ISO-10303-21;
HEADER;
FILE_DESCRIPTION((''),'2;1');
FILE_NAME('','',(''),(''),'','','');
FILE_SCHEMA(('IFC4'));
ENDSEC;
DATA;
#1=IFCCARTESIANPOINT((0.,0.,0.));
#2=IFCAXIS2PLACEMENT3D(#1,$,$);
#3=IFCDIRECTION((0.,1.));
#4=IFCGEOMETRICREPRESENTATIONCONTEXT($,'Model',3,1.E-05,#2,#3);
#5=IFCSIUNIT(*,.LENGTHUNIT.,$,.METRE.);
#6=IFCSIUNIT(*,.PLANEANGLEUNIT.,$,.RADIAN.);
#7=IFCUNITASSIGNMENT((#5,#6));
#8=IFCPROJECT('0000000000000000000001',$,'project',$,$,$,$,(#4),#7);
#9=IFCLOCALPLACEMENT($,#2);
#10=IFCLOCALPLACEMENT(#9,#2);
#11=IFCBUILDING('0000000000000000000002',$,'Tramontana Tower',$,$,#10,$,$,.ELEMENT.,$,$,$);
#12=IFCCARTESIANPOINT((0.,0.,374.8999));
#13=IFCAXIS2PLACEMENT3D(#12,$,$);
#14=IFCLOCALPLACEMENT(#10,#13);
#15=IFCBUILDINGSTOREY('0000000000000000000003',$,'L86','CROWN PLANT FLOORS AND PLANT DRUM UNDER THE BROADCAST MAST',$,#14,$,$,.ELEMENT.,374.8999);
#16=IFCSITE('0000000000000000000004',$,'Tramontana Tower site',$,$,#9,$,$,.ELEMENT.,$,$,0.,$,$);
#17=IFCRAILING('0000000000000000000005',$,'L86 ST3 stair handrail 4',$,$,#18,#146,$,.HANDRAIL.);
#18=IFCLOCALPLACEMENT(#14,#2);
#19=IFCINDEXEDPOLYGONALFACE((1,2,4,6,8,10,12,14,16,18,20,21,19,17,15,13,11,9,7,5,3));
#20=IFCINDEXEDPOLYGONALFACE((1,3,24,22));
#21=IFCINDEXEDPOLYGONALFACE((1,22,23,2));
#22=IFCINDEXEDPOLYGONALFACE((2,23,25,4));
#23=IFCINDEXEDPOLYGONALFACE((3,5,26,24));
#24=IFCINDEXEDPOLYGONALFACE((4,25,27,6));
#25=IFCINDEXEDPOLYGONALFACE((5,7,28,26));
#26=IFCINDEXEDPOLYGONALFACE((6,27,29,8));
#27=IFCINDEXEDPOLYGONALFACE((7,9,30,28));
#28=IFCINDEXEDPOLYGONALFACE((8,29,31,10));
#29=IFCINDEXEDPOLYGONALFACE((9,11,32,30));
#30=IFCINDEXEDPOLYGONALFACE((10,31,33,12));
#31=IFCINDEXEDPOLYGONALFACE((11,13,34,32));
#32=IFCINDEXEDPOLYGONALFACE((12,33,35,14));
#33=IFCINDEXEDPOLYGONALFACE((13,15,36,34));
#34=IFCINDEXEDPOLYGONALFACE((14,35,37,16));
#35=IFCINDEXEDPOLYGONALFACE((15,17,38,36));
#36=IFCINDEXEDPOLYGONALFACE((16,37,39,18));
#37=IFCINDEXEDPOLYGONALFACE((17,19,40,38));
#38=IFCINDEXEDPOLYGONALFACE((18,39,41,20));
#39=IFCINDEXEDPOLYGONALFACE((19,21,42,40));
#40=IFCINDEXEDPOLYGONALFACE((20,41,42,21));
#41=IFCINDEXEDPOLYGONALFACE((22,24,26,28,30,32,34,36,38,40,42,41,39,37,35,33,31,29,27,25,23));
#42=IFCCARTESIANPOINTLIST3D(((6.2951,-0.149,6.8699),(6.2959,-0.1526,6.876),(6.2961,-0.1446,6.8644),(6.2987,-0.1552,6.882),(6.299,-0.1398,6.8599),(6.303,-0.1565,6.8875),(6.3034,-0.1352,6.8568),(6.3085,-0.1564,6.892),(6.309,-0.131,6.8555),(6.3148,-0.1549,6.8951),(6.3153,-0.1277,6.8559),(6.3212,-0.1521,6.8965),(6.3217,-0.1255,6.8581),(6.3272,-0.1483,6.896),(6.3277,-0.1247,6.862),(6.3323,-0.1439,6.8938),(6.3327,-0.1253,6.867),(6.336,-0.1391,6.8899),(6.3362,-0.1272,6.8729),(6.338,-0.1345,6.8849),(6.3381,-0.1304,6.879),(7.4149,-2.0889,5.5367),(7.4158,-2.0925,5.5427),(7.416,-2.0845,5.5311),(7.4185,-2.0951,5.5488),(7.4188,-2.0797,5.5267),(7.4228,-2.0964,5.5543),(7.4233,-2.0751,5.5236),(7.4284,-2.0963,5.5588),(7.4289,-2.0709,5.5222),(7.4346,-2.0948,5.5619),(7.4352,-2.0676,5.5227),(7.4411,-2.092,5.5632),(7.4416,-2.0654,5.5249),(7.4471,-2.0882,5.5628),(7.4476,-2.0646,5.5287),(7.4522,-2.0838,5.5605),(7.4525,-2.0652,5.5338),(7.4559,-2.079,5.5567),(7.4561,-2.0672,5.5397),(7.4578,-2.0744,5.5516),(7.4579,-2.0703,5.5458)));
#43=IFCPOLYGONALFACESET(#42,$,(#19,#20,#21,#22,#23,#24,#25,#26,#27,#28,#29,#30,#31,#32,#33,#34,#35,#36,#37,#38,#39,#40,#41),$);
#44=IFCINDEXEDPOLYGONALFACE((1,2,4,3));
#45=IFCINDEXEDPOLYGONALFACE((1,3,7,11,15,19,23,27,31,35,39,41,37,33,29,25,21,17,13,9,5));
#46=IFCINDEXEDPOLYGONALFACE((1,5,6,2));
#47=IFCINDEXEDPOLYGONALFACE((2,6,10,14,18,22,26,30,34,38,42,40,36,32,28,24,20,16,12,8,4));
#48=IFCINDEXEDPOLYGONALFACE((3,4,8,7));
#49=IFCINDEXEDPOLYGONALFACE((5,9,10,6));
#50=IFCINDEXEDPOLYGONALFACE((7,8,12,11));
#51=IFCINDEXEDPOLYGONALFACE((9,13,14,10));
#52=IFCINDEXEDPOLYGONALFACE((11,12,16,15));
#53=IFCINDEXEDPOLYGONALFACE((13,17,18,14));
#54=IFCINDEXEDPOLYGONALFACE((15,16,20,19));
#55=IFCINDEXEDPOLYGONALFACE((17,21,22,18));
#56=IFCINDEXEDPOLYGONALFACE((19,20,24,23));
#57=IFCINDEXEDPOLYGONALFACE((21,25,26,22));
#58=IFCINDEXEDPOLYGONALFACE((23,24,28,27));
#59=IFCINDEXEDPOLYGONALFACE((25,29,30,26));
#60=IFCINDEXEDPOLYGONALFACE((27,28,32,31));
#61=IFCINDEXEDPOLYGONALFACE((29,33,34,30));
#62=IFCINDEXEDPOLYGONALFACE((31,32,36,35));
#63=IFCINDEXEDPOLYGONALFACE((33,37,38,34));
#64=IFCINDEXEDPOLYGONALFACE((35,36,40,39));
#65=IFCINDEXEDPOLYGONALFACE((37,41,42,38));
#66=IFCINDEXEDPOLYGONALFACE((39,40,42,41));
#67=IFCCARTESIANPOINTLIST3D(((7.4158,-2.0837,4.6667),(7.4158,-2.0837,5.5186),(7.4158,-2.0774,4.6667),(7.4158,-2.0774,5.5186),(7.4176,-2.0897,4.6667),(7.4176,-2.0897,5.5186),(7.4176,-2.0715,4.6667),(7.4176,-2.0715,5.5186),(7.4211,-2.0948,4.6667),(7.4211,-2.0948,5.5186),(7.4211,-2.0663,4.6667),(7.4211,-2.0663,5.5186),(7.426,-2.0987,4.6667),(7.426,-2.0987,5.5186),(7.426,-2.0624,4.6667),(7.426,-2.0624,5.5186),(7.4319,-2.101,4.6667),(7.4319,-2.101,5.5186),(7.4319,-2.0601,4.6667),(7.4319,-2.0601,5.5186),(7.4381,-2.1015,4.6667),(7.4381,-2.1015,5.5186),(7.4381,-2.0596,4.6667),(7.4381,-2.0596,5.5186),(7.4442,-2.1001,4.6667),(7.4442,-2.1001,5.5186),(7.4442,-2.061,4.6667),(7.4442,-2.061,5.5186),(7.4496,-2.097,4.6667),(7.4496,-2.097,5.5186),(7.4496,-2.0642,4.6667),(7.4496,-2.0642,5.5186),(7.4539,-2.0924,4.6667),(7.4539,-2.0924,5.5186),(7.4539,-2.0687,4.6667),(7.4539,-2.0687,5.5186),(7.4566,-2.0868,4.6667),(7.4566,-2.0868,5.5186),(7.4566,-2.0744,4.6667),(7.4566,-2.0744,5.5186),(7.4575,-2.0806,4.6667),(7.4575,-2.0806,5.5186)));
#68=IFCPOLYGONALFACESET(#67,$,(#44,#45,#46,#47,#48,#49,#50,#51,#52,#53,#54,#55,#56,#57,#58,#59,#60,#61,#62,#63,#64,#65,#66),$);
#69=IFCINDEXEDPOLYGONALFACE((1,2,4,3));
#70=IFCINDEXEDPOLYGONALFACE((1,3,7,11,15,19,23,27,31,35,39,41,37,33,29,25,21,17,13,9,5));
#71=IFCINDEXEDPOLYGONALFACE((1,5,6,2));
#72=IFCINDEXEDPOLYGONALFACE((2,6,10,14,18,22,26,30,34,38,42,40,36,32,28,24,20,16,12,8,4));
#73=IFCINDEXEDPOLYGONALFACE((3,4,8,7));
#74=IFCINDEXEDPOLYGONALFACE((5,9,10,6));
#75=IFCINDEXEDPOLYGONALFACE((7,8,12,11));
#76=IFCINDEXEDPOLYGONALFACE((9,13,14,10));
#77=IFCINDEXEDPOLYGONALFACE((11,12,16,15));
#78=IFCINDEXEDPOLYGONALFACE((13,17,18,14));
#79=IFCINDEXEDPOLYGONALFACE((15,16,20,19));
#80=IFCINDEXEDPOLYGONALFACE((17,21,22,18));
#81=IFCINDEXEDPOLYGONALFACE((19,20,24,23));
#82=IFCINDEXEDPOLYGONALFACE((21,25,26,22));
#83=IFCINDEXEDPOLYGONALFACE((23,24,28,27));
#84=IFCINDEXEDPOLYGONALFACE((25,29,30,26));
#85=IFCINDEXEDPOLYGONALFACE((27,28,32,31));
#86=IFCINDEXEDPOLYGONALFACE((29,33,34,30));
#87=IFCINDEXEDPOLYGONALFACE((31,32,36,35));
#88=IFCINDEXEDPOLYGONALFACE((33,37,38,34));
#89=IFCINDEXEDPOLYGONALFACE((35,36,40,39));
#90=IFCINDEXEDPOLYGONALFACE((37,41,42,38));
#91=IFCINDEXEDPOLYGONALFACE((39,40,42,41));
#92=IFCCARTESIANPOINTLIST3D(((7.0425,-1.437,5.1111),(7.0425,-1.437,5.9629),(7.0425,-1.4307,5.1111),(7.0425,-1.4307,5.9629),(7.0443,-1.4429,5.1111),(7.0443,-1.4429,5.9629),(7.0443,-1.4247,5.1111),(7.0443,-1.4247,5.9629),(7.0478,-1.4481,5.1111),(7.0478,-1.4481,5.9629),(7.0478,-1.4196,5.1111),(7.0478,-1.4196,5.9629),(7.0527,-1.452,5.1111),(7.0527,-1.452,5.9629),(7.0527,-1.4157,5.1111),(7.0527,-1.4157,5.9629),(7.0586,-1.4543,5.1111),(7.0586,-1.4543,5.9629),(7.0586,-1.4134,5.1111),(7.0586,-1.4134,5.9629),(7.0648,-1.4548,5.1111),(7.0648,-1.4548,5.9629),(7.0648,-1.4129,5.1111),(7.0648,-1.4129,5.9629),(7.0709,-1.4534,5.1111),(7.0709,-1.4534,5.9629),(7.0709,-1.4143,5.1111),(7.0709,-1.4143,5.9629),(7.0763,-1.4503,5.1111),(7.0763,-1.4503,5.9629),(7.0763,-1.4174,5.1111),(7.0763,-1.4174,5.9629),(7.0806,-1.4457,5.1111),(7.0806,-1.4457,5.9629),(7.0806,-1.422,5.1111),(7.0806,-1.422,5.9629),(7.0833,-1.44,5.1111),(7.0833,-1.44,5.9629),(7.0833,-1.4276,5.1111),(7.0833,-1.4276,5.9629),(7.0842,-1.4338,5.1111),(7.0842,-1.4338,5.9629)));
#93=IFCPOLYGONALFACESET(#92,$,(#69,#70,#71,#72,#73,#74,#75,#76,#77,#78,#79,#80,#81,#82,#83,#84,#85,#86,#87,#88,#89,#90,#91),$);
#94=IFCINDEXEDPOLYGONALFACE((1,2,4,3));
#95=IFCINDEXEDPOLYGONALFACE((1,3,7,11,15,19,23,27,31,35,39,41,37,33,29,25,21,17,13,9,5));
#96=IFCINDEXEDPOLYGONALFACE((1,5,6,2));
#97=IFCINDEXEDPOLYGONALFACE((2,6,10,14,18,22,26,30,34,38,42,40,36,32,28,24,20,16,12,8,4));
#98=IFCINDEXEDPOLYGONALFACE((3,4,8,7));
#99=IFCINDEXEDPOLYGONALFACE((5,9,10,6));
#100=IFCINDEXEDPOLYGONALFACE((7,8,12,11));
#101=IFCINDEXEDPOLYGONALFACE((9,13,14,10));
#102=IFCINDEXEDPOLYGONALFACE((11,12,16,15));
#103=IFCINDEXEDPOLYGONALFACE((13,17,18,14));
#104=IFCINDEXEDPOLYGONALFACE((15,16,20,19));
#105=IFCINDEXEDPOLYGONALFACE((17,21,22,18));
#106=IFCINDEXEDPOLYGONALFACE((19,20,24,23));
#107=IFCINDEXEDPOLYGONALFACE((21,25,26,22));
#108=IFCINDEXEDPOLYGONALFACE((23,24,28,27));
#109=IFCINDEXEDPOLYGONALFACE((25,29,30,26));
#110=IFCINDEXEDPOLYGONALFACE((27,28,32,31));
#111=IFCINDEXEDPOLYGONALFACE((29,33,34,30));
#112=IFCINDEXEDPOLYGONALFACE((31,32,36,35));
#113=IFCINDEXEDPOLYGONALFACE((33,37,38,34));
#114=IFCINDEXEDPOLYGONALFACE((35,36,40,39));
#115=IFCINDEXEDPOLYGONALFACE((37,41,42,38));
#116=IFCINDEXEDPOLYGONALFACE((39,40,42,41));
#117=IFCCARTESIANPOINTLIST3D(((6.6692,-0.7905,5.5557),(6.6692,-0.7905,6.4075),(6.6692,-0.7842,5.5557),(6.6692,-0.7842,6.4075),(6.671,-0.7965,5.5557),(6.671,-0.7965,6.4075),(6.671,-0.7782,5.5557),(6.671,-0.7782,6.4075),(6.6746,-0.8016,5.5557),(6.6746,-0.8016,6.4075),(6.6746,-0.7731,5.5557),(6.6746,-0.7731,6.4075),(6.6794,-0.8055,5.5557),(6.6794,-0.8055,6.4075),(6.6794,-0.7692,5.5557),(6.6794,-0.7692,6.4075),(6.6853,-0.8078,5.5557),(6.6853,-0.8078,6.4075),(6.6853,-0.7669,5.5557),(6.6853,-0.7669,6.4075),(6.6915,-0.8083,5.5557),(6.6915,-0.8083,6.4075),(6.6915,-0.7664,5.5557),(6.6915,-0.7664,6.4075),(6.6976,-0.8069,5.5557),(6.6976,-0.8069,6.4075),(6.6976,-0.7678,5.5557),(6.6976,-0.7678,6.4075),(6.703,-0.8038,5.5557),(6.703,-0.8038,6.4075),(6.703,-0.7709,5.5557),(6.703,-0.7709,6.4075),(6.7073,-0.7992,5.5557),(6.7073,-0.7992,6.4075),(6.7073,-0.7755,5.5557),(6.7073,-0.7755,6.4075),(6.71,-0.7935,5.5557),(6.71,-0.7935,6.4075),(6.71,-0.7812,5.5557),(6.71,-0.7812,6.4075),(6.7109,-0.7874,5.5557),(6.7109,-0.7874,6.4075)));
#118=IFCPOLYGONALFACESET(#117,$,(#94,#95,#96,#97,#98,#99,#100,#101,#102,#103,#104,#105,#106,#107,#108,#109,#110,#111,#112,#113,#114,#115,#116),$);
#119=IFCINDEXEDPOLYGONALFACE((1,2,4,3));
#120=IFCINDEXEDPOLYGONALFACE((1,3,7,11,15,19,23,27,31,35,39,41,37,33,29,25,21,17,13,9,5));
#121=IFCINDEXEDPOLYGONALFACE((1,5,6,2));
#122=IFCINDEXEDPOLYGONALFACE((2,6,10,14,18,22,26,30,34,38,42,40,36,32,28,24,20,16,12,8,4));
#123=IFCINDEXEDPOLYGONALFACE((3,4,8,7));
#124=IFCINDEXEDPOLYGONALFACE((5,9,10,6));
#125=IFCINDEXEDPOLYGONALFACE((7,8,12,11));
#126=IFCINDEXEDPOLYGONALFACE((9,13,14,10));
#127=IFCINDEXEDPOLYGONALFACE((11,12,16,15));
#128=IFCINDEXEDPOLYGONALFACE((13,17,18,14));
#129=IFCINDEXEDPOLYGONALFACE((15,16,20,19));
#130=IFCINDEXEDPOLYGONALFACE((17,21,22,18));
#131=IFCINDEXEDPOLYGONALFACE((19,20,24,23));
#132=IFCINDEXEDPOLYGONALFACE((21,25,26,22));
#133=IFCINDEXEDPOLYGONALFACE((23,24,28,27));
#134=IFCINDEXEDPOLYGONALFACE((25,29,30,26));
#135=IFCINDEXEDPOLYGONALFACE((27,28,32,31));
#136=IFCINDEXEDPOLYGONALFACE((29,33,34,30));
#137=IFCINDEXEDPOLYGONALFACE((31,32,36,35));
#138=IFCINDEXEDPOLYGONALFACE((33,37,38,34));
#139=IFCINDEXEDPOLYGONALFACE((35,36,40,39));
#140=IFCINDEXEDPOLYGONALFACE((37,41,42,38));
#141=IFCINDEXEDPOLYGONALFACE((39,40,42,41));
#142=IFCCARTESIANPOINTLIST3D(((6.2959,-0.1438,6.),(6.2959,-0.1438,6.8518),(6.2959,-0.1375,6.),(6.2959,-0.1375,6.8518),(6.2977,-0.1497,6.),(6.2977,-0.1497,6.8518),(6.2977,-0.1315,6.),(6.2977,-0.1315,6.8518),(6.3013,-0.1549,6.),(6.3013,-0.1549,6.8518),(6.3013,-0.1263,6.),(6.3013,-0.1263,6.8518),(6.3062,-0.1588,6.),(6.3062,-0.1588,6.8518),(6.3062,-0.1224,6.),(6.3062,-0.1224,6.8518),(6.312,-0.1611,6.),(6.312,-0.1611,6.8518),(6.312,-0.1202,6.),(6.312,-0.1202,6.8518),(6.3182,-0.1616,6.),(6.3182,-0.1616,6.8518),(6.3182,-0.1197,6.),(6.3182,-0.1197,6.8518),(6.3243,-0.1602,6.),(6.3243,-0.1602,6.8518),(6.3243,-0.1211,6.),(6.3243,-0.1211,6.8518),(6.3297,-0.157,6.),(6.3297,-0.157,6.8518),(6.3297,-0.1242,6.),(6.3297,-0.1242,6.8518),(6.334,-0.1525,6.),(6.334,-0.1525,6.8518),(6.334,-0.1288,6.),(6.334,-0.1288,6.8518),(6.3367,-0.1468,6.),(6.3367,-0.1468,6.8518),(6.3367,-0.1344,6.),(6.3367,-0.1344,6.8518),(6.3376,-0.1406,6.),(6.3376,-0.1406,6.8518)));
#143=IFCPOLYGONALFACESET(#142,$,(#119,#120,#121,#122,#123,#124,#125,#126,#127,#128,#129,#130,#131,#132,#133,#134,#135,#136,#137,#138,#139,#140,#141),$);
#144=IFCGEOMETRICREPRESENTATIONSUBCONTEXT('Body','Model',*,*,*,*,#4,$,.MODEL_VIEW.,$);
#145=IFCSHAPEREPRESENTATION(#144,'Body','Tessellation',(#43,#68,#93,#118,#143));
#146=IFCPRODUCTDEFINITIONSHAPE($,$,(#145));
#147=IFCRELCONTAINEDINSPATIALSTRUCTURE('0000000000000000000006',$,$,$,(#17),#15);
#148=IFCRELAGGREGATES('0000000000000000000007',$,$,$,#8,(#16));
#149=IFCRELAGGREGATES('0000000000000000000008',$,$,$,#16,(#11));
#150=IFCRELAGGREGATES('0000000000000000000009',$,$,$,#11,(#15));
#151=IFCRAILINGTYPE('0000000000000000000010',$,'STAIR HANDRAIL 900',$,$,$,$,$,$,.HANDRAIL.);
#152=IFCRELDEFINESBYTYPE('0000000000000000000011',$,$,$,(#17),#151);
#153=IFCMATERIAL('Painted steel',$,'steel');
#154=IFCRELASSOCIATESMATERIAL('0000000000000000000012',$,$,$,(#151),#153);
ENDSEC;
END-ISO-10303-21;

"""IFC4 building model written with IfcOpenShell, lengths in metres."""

from ifc_helpers import new_model, si_unit, direction, frame, origin, origin_2d, place, context, subcontext, project, spatial, circle, extrude, material, type_object, element, save


model = new_model("IFC4")

# Units and contexts
model_context = context("Model", 3, precision=1e-05, world=origin(), true_north=direction((0.0, 1.0)))
body_context = subcontext(model_context, "Body", "Model", "MODEL_VIEW")
ifc_project = project(units=[si_unit("LENGTHUNIT", "METRE"), si_unit("PLANEANGLEUNIT", "RADIAN")], contexts=[model_context])

# Site, building, storey
site_placement = place(None, origin())
site = spatial("IfcSite", under=ifc_project, at=site_placement, Name="Tramontana Tower site", CompositionType="ELEMENT", RefElevation=0.0)
building_placement = place(site_placement, origin())
building = spatial("IfcBuilding", under=site, at=building_placement, Name="Tramontana Tower", CompositionType="ELEMENT")
storey_placement = place(building_placement, frame((0.0, 0.0, 374.8999)))
storey = spatial("IfcBuildingStorey", under=building, at=storey_placement, Name="L86", Description="CROWN PLANT FLOORS AND PLANT DRUM UNDER THE BROADCAST MAST", CompositionType="ELEMENT", Elevation=374.8999)

# Railing
ifc_material_1 = material(Name="Painted steel", Category="steel")
railing_type_1 = type_object("IfcRailingType", Name="STAIR HANDRAIL 900", PredefinedType="HANDRAIL", material=ifc_material_1)
railing_1_placement = place(storey_placement, frame((7.4365, -2.0806, 4.6667)))
element("IfcRailing", 1, at=railing_1_placement, inside=storey, type_object=railing_type_1, Name="L86 ST3 stair handrail 4", PredefinedType="HANDRAIL", context=body_context, shape_type="SweptSolid", body=[
    extrude(circle(Radius=0.0239, at=origin_2d()), frame((0.0, 0.0, 0.876), z_axis=(-0.429608, 0.744205, 0.511465), x_axis=(-0.866055, -0.499949, 0.0)), (0.0, 0.0, 1.0), 2.6067),
    extrude(circle(Radius=0.021, at=origin_2d()), origin(), (0.0, 0.0, 1.0), 0.8518),
    extrude(circle(Radius=0.021, at=origin_2d()), frame((-0.3733, 0.6467, 0.4443)), (0.0, 0.0, 1.0), 0.8518),
    extrude(circle(Radius=0.021, at=origin_2d()), frame((-0.7466, 1.2932, 0.8889)), (0.0, 0.0, 1.0), 0.8518),
    extrude(circle(Radius=0.021, at=origin_2d()), frame((-1.1199, 1.9399, 1.3333)), (0.0, 0.0, 1.0), 0.8518),
])

save(model, "model.ifc")
